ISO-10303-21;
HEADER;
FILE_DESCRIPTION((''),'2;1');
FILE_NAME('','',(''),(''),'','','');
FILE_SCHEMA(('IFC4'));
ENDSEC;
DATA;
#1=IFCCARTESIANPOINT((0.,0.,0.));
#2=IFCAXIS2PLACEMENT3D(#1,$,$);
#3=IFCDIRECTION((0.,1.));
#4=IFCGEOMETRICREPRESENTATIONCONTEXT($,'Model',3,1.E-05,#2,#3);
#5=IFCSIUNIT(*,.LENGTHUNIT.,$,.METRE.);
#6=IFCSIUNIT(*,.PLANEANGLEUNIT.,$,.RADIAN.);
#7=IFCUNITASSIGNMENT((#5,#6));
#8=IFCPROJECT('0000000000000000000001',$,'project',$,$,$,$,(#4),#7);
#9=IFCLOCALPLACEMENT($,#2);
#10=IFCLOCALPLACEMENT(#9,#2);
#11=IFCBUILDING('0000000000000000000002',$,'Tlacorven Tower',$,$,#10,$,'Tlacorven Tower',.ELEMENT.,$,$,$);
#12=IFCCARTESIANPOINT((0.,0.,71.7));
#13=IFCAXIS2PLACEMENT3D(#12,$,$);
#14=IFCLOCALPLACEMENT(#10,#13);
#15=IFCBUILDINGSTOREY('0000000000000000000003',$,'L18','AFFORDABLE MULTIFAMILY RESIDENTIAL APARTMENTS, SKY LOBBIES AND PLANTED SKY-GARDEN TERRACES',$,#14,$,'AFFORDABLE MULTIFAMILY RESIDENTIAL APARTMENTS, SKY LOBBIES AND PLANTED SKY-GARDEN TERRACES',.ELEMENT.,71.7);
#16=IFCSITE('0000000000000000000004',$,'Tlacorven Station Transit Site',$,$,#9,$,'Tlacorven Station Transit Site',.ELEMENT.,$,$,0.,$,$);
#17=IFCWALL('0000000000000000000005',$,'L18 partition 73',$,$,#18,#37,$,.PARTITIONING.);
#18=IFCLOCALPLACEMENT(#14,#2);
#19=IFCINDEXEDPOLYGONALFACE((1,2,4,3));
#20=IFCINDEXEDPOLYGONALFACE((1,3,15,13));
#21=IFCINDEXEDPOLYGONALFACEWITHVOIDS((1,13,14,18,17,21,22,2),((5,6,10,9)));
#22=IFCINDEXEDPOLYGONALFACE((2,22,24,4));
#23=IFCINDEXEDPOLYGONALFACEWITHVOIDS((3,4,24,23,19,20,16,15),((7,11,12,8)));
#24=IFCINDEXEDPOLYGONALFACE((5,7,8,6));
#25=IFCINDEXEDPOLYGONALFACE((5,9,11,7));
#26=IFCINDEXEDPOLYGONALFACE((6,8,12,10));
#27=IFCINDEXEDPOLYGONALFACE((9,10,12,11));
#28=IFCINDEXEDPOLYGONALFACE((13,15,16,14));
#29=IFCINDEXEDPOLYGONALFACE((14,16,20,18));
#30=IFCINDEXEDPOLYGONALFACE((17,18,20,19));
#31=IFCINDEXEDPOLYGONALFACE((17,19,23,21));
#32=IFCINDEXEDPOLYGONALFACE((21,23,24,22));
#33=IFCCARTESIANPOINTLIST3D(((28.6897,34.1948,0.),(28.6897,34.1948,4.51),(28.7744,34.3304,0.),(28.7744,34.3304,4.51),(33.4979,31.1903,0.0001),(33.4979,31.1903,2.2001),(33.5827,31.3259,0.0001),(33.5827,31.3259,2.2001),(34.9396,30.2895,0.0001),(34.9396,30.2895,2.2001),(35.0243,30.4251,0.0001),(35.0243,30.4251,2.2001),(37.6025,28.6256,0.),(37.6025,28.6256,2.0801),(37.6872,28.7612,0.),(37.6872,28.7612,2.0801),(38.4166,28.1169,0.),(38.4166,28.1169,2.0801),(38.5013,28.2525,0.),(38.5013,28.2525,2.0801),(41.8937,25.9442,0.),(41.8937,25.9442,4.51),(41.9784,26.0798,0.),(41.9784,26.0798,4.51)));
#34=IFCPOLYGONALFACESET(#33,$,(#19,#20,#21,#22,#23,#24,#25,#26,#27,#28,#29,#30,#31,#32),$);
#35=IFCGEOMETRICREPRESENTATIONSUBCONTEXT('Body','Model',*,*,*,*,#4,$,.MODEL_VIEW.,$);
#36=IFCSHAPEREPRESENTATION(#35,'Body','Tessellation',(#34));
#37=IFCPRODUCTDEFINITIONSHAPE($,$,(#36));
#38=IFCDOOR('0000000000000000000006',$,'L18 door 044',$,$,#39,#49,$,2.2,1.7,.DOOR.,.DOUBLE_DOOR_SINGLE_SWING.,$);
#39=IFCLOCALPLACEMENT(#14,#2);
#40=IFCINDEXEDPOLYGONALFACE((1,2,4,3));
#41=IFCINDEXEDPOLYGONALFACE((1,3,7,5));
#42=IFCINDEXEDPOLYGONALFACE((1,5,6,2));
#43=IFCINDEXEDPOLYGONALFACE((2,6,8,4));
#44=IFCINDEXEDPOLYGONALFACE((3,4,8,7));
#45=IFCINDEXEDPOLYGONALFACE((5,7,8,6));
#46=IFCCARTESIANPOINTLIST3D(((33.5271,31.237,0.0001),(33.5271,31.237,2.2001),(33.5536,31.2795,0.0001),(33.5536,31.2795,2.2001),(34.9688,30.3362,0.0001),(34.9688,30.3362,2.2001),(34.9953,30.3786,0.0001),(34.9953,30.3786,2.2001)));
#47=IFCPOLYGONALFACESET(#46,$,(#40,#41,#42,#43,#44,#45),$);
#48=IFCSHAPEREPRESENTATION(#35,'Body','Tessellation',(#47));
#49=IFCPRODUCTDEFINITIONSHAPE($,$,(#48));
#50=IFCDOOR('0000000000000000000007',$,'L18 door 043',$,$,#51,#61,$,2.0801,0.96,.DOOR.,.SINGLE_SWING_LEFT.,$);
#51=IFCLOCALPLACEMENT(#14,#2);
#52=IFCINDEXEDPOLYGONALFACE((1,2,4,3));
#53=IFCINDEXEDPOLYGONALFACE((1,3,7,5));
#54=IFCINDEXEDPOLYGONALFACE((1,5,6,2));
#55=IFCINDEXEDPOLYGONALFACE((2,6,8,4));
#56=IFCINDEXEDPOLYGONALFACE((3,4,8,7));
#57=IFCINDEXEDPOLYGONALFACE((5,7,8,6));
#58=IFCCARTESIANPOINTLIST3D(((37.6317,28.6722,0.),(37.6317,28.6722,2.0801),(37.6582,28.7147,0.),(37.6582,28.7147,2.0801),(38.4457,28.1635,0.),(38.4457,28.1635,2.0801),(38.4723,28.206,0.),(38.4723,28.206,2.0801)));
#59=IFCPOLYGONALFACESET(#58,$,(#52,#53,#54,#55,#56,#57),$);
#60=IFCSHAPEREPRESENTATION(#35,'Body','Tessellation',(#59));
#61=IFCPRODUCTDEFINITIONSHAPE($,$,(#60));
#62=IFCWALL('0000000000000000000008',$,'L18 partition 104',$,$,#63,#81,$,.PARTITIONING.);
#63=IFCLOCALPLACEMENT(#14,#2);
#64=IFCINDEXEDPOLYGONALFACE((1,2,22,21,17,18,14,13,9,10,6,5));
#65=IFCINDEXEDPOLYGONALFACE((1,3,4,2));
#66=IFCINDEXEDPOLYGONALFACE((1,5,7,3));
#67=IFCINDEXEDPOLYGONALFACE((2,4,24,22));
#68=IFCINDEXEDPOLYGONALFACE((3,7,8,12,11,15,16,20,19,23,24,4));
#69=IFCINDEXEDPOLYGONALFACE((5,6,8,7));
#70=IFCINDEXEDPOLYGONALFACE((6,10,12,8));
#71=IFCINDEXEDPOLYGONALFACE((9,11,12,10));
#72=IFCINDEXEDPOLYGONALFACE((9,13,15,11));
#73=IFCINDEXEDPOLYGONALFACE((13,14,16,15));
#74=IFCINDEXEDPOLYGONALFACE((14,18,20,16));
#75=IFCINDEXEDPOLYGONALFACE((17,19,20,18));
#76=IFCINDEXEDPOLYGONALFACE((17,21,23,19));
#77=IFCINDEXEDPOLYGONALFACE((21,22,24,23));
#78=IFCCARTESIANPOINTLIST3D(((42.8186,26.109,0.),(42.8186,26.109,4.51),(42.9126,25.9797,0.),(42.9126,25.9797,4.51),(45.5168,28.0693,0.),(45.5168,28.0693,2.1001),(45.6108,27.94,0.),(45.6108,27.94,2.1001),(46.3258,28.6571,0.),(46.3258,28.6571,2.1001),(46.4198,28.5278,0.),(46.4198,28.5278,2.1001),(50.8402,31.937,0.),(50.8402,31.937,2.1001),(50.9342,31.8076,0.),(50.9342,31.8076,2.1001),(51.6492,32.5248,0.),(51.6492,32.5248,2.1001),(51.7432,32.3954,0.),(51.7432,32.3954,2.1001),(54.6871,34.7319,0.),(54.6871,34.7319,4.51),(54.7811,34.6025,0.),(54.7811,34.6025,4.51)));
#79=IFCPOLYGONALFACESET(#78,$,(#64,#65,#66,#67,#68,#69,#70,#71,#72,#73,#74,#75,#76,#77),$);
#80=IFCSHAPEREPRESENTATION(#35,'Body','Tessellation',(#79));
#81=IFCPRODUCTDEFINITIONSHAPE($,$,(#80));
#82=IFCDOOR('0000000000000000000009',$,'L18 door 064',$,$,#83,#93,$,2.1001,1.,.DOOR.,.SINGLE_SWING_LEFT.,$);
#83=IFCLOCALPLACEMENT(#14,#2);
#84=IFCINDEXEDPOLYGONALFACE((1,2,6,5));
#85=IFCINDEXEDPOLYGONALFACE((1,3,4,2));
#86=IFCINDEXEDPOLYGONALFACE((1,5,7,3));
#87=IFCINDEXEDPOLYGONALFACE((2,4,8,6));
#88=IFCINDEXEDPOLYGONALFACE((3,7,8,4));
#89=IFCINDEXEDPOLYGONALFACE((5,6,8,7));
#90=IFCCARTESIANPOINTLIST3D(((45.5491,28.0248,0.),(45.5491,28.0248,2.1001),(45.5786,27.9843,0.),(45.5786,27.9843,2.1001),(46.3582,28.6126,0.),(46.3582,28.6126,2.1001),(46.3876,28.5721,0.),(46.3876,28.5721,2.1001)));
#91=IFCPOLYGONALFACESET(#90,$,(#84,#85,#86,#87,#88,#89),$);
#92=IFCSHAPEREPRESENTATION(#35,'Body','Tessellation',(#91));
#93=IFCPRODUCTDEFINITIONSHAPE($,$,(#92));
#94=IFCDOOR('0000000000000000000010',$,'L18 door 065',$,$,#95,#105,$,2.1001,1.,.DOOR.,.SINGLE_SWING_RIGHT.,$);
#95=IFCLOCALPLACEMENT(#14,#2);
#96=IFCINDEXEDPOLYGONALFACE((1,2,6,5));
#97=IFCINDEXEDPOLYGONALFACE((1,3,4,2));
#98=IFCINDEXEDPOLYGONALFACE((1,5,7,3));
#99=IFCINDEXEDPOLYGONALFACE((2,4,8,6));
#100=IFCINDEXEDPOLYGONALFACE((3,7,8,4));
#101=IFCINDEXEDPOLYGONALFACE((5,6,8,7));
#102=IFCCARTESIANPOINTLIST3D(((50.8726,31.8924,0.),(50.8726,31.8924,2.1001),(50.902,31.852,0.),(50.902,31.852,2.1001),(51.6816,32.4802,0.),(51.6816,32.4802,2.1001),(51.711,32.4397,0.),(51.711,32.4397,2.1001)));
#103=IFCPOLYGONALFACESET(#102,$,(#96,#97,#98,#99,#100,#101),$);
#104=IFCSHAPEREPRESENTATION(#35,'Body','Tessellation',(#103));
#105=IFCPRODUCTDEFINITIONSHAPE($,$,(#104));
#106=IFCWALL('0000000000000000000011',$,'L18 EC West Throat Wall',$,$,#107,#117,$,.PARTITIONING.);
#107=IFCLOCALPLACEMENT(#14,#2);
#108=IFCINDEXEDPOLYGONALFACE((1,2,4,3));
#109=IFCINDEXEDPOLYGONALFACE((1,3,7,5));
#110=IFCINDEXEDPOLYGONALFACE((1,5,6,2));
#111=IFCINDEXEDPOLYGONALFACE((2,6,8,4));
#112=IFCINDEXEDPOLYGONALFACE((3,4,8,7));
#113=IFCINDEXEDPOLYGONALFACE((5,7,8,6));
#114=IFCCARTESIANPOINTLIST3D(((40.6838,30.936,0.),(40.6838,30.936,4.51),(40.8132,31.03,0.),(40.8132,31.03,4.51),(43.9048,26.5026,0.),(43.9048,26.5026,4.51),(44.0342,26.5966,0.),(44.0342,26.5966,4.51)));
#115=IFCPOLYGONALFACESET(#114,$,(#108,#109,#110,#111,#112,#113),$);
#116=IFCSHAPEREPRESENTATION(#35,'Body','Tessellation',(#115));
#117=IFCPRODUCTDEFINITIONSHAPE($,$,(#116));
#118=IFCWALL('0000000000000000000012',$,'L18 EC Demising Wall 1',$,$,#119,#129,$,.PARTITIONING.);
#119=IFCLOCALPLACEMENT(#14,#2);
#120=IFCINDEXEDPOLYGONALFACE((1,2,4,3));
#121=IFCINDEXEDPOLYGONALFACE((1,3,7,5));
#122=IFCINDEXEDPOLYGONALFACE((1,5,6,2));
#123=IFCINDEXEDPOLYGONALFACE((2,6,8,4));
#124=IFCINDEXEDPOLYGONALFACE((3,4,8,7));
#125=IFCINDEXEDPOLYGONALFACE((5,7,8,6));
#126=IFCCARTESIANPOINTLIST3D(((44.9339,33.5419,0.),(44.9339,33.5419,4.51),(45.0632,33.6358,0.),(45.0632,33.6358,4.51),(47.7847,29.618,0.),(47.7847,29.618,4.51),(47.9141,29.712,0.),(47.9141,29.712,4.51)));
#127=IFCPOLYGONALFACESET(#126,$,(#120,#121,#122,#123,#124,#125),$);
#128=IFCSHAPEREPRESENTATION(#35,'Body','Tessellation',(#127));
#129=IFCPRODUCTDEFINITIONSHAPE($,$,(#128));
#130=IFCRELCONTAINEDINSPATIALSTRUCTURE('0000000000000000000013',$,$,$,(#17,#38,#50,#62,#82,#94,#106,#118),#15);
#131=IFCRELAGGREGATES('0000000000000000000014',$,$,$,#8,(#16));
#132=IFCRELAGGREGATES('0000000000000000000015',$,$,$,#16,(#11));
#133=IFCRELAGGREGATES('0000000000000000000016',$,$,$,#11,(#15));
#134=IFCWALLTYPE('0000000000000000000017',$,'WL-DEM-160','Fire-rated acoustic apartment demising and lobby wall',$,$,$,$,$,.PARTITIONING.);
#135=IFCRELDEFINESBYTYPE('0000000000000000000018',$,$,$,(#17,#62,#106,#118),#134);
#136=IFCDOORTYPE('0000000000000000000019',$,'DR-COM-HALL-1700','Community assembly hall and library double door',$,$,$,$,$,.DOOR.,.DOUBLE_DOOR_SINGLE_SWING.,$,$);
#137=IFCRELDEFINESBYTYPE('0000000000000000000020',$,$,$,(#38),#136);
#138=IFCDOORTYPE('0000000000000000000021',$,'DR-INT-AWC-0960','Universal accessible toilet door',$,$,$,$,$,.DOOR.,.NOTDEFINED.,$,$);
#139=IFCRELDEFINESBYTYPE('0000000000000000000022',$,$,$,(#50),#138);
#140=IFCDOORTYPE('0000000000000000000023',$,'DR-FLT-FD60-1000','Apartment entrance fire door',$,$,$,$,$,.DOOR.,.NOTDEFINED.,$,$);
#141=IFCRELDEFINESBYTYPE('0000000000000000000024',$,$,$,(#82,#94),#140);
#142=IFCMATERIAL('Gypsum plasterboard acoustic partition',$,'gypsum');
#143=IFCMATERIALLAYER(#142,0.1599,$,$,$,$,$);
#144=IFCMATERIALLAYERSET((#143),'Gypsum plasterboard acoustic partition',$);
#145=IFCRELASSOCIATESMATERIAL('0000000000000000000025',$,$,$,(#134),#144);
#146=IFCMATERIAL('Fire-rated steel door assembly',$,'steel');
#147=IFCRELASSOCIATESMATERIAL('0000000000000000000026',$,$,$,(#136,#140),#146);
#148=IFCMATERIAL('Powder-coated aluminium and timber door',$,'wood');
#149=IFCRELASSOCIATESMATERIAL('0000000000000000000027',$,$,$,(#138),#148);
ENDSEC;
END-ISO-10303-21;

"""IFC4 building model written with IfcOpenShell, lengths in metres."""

from ifc_helpers import new_model, si_unit, direction, frame, frame_2d, origin, place, context, subcontext, project, spatial, rectangle, extrude, source, transform, mapped, material, layer, layer_set, type_object, element, fill, save


model = new_model("IFC4")

# Units and contexts
model_context = context("Model", 3, precision=1e-05, world=origin(), true_north=direction((0.0, 1.0)))
body_context = subcontext(model_context, "Body", "Model", "MODEL_VIEW")
ifc_project = project(units=[si_unit("LENGTHUNIT", "METRE"), si_unit("PLANEANGLEUNIT", "RADIAN")], contexts=[model_context])

# Site, building, storey
site_placement = place(None, origin())
site = spatial("IfcSite", under=ifc_project, at=site_placement, Name="Tlacorven Station Transit Site", LongName="Tlacorven Station Transit Site", CompositionType="ELEMENT", RefElevation=0.0)
building_placement = place(site_placement, origin())
building = spatial("IfcBuilding", under=site, at=building_placement, Name="Tlacorven Tower", LongName="Tlacorven Tower", CompositionType="ELEMENT")
storey_placement = place(building_placement, frame((0.0, 0.0, 71.7)))
storey = spatial("IfcBuildingStorey", under=building, at=storey_placement, Name="L18", Description="AFFORDABLE MULTIFAMILY RESIDENTIAL APARTMENTS, SKY LOBBIES AND PLANTED SKY-GARDEN TERRACES", LongName="AFFORDABLE MULTIFAMILY RESIDENTIAL APARTMENTS, SKY LOBBIES AND PLANTED SKY-GARDEN TERRACES", CompositionType="ELEMENT", Elevation=71.7)

# Walls, openings, doors
ifc_material_1 = material(Name="Gypsum plasterboard acoustic partition", Category="gypsum")
ifc_layer_1 = layer(ifc_material_1, 0.1599)
ifc_layer_set_1 = layer_set([ifc_layer_1], Name="Gypsum plasterboard acoustic partition")
wall_type_1 = type_object("IfcWallType", Name="WL-DEM-160", Description="Fire-rated acoustic apartment demising and lobby wall", PredefinedType="PARTITIONING", material=ifc_layer_set_1)
wall_1_placement = place(storey_placement, frame((41.936, 26.012, 0.0), z_axis=(0.0, 0.0, 1.0), x_axis=(-0.848051, 0.529914, 0.0)))
wall_1 = element("IfcWall", 1, at=wall_1_placement, inside=storey, type_object=wall_type_1, Name="L18 partition 73", PredefinedType="PARTITIONING", context=body_context, shape_type="SweptSolid", body=[
    extrude(rectangle(XDim=15.5698, YDim=0.1599, at=frame_2d((7.7849, 0.0))), origin(), (0.0, 0.0, 1.0), 4.51),
])
opening_1_placement = place(wall_1_placement, frame((4.1001, 0.0, 0.0)))
opening_1 = element("IfcOpeningElement", 2, at=opening_1_placement, cuts=wall_1, PredefinedType="OPENING", context=body_context, shape_type="SweptSolid", body=[
    extrude(rectangle(XDim=0.96, YDim=2.0801, at=frame_2d((0.48, 1.04))), frame((0.0, 0.0898, 0.0), z_axis=(0.0, -1.0, 0.0), x_axis=(1.0, 0.0, 0.0)), (0.0, 0.0, 1.0), 0.1799),
])
opening_2_placement = place(wall_1_placement, frame((8.2, 0.0, 0.0)))
opening_2 = element("IfcOpeningElement", 3, at=opening_2_placement, cuts=wall_1, PredefinedType="OPENING", context=body_context, shape_type="SweptSolid", body=[
    extrude(rectangle(XDim=1.7, YDim=2.2, at=frame_2d((0.8501, 1.1001))), frame((0.0, 0.0898, 0.0), z_axis=(0.0, -1.0, 0.0), x_axis=(1.0, 0.0, 0.0)), (0.0, 0.0, 1.0), 0.1799),
])
ifc_material_2 = material(Name="Fire-rated steel door assembly", Category="steel")
door_type_1 = type_object("IfcDoorType", Name="DR-COM-HALL-1700", Description="Community assembly hall and library double door", OperationType="DOUBLE_DOOR_SINGLE_SWING", PredefinedType="DOOR", material=ifc_material_2)
shared_shape_1 = source(origin(), body_context, "Body", "SweptSolid", [
    extrude(rectangle(XDim=1.7, YDim=2.2, at=frame_2d((0.8501, 1.1001))), frame((0.0, 0.0249, 0.0), z_axis=(0.0, -1.0, 0.0), x_axis=(1.0, 0.0, 0.0)), (0.0, 0.0, 1.0), 0.05),
])
door_1_placement = place(opening_2_placement, origin())
door_1 = element("IfcDoor", 4, at=door_1_placement, inside=storey, type_object=door_type_1, Name="L18 door 044", OperationType="DOUBLE_DOOR_SINGLE_SWING", OverallHeight=2.2, OverallWidth=1.7, PredefinedType="DOOR", context=body_context, shape_type="MappedRepresentation", body=[
    mapped(shared_shape_1, transform((0.0, 0.0, 0.0), scale=1.0)),
])
fill(opening_2, door_1)
ifc_material_3 = material(Name="Powder-coated aluminium and timber door", Category="wood")
door_type_2 = type_object("IfcDoorType", Name="DR-INT-AWC-0960", Description="Universal accessible toilet door", OperationType="NOTDEFINED", PredefinedType="DOOR", material=ifc_material_3)
shared_shape_2 = source(origin(), body_context, "Body", "SweptSolid", [
    extrude(rectangle(XDim=0.96, YDim=2.0801, at=frame_2d((0.48, 1.04))), frame((0.0, 0.0249, 0.0), z_axis=(0.0, -1.0, 0.0), x_axis=(1.0, 0.0, 0.0)), (0.0, 0.0, 1.0), 0.05),
])
door_2_placement = place(opening_1_placement, origin())
door_2 = element("IfcDoor", 5, at=door_2_placement, inside=storey, type_object=door_type_2, Name="L18 door 043", OperationType="SINGLE_SWING_LEFT", OverallHeight=2.0801, OverallWidth=0.96, PredefinedType="DOOR", context=body_context, shape_type="MappedRepresentation", body=[
    mapped(shared_shape_2, transform((0.0, 0.0, 0.0), scale=1.0)),
])
fill(opening_1, door_2)
wall_2_placement = place(storey_placement, frame((42.8657, 26.0444, 0.0), z_axis=(0.0, 0.0, 1.0), x_axis=(0.80902, 0.587781, 0.0)))
wall_2 = element("IfcWall", 6, at=wall_2_placement, inside=storey, type_object=wall_type_1, Name="L18 partition 104", PredefinedType="PARTITIONING", context=body_context, shape_type="SweptSolid", body=[
    extrude(rectangle(XDim=14.6702, YDim=0.1599, at=frame_2d((7.335, 0.0))), origin(), (0.0, 0.0, 1.0), 4.51),
])
opening_3_placement = place(wall_2_placement, frame((3.335, 0.0, 0.0)))
opening_3 = element("IfcOpeningElement", 7, at=opening_3_placement, cuts=wall_2, PredefinedType="OPENING", context=body_context, shape_type="SweptSolid", body=[
    extrude(rectangle(XDim=1.0, YDim=2.1001, at=frame_2d((0.5, 1.05))), frame((0.0, 0.0898, 0.0), z_axis=(0.0, -1.0, 0.0), x_axis=(1.0, 0.0, 0.0)), (0.0, 0.0, 1.0), 0.1799),
])
opening_4_placement = place(wall_2_placement, frame((9.915, 0.0, 0.0)))
opening_4 = element("IfcOpeningElement", 8, at=opening_4_placement, cuts=wall_2, PredefinedType="OPENING", context=body_context, shape_type="SweptSolid", body=[
    extrude(rectangle(XDim=1.0, YDim=2.1001, at=frame_2d((0.5, 1.05))), frame((0.0, 0.0898, 0.0), z_axis=(0.0, -1.0, 0.0), x_axis=(1.0, 0.0, 0.0)), (0.0, 0.0, 1.0), 0.1799),
])
door_type_3 = type_object("IfcDoorType", Name="DR-FLT-FD60-1000", Description="Apartment entrance fire door", OperationType="NOTDEFINED", PredefinedType="DOOR", material=ifc_material_2)
shared_shape_3 = source(origin(), body_context, "Body", "SweptSolid", [
    extrude(rectangle(XDim=1.0, YDim=2.1001, at=frame_2d((0.5, 1.05))), frame((0.0, 0.0249, 0.0), z_axis=(0.0, -1.0, 0.0), x_axis=(1.0, 0.0, 0.0)), (0.0, 0.0, 1.0), 0.05),
])
door_3_placement = place(opening_3_placement, origin())
door_3 = element("IfcDoor", 9, at=door_3_placement, inside=storey, type_object=door_type_3, Name="L18 door 064", OperationType="SINGLE_SWING_LEFT", OverallHeight=2.1001, OverallWidth=1.0, PredefinedType="DOOR", context=body_context, shape_type="MappedRepresentation", body=[
    mapped(shared_shape_3, transform((0.0, 0.0, 0.0), scale=1.0)),
])
fill(opening_3, door_3)
door_4_placement = place(opening_4_placement, origin())
door_4 = element("IfcDoor", 10, at=door_4_placement, inside=storey, type_object=door_type_3, Name="L18 door 065", OperationType="SINGLE_SWING_RIGHT", OverallHeight=2.1001, OverallWidth=1.0, PredefinedType="DOOR", context=body_context, shape_type="MappedRepresentation", body=[
    mapped(shared_shape_3, transform((0.0, 0.0, 0.0), scale=1.0)),
])
fill(opening_4, door_4)

# Walls
wall_3_placement = place(storey_placement, frame((43.9695, 26.5496, 0.0), z_axis=(0.0, 0.0, 1.0), x_axis=(-0.587777, 0.809023, 0.0)))
element("IfcWall", 11, at=wall_3_placement, inside=storey, type_object=wall_type_1, Name="L18 EC West Throat Wall", PredefinedType="PARTITIONING", context=body_context, shape_type="SweptSolid", body=[
    extrude(rectangle(XDim=5.48, YDim=0.1599, at=frame_2d((2.74, 0.0))), origin(), (0.0, 0.0, 1.0), 4.51),
])
wall_4_placement = place(storey_placement, frame((47.8494, 29.665, 0.0), z_axis=(0.0, 0.0, 1.0), x_axis=(-0.587786, 0.809017, 0.0)))
element("IfcWall", 12, at=wall_4_placement, inside=storey, type_object=wall_type_1, Name="L18 EC Demising Wall 1", PredefinedType="PARTITIONING", context=body_context, shape_type="SweptSolid", body=[
    extrude(rectangle(XDim=4.8501, YDim=0.1599, at=frame_2d((2.425, 0.0))), origin(), (0.0, 0.0, 1.0), 4.51),
])

save(model, "model.ifc")
